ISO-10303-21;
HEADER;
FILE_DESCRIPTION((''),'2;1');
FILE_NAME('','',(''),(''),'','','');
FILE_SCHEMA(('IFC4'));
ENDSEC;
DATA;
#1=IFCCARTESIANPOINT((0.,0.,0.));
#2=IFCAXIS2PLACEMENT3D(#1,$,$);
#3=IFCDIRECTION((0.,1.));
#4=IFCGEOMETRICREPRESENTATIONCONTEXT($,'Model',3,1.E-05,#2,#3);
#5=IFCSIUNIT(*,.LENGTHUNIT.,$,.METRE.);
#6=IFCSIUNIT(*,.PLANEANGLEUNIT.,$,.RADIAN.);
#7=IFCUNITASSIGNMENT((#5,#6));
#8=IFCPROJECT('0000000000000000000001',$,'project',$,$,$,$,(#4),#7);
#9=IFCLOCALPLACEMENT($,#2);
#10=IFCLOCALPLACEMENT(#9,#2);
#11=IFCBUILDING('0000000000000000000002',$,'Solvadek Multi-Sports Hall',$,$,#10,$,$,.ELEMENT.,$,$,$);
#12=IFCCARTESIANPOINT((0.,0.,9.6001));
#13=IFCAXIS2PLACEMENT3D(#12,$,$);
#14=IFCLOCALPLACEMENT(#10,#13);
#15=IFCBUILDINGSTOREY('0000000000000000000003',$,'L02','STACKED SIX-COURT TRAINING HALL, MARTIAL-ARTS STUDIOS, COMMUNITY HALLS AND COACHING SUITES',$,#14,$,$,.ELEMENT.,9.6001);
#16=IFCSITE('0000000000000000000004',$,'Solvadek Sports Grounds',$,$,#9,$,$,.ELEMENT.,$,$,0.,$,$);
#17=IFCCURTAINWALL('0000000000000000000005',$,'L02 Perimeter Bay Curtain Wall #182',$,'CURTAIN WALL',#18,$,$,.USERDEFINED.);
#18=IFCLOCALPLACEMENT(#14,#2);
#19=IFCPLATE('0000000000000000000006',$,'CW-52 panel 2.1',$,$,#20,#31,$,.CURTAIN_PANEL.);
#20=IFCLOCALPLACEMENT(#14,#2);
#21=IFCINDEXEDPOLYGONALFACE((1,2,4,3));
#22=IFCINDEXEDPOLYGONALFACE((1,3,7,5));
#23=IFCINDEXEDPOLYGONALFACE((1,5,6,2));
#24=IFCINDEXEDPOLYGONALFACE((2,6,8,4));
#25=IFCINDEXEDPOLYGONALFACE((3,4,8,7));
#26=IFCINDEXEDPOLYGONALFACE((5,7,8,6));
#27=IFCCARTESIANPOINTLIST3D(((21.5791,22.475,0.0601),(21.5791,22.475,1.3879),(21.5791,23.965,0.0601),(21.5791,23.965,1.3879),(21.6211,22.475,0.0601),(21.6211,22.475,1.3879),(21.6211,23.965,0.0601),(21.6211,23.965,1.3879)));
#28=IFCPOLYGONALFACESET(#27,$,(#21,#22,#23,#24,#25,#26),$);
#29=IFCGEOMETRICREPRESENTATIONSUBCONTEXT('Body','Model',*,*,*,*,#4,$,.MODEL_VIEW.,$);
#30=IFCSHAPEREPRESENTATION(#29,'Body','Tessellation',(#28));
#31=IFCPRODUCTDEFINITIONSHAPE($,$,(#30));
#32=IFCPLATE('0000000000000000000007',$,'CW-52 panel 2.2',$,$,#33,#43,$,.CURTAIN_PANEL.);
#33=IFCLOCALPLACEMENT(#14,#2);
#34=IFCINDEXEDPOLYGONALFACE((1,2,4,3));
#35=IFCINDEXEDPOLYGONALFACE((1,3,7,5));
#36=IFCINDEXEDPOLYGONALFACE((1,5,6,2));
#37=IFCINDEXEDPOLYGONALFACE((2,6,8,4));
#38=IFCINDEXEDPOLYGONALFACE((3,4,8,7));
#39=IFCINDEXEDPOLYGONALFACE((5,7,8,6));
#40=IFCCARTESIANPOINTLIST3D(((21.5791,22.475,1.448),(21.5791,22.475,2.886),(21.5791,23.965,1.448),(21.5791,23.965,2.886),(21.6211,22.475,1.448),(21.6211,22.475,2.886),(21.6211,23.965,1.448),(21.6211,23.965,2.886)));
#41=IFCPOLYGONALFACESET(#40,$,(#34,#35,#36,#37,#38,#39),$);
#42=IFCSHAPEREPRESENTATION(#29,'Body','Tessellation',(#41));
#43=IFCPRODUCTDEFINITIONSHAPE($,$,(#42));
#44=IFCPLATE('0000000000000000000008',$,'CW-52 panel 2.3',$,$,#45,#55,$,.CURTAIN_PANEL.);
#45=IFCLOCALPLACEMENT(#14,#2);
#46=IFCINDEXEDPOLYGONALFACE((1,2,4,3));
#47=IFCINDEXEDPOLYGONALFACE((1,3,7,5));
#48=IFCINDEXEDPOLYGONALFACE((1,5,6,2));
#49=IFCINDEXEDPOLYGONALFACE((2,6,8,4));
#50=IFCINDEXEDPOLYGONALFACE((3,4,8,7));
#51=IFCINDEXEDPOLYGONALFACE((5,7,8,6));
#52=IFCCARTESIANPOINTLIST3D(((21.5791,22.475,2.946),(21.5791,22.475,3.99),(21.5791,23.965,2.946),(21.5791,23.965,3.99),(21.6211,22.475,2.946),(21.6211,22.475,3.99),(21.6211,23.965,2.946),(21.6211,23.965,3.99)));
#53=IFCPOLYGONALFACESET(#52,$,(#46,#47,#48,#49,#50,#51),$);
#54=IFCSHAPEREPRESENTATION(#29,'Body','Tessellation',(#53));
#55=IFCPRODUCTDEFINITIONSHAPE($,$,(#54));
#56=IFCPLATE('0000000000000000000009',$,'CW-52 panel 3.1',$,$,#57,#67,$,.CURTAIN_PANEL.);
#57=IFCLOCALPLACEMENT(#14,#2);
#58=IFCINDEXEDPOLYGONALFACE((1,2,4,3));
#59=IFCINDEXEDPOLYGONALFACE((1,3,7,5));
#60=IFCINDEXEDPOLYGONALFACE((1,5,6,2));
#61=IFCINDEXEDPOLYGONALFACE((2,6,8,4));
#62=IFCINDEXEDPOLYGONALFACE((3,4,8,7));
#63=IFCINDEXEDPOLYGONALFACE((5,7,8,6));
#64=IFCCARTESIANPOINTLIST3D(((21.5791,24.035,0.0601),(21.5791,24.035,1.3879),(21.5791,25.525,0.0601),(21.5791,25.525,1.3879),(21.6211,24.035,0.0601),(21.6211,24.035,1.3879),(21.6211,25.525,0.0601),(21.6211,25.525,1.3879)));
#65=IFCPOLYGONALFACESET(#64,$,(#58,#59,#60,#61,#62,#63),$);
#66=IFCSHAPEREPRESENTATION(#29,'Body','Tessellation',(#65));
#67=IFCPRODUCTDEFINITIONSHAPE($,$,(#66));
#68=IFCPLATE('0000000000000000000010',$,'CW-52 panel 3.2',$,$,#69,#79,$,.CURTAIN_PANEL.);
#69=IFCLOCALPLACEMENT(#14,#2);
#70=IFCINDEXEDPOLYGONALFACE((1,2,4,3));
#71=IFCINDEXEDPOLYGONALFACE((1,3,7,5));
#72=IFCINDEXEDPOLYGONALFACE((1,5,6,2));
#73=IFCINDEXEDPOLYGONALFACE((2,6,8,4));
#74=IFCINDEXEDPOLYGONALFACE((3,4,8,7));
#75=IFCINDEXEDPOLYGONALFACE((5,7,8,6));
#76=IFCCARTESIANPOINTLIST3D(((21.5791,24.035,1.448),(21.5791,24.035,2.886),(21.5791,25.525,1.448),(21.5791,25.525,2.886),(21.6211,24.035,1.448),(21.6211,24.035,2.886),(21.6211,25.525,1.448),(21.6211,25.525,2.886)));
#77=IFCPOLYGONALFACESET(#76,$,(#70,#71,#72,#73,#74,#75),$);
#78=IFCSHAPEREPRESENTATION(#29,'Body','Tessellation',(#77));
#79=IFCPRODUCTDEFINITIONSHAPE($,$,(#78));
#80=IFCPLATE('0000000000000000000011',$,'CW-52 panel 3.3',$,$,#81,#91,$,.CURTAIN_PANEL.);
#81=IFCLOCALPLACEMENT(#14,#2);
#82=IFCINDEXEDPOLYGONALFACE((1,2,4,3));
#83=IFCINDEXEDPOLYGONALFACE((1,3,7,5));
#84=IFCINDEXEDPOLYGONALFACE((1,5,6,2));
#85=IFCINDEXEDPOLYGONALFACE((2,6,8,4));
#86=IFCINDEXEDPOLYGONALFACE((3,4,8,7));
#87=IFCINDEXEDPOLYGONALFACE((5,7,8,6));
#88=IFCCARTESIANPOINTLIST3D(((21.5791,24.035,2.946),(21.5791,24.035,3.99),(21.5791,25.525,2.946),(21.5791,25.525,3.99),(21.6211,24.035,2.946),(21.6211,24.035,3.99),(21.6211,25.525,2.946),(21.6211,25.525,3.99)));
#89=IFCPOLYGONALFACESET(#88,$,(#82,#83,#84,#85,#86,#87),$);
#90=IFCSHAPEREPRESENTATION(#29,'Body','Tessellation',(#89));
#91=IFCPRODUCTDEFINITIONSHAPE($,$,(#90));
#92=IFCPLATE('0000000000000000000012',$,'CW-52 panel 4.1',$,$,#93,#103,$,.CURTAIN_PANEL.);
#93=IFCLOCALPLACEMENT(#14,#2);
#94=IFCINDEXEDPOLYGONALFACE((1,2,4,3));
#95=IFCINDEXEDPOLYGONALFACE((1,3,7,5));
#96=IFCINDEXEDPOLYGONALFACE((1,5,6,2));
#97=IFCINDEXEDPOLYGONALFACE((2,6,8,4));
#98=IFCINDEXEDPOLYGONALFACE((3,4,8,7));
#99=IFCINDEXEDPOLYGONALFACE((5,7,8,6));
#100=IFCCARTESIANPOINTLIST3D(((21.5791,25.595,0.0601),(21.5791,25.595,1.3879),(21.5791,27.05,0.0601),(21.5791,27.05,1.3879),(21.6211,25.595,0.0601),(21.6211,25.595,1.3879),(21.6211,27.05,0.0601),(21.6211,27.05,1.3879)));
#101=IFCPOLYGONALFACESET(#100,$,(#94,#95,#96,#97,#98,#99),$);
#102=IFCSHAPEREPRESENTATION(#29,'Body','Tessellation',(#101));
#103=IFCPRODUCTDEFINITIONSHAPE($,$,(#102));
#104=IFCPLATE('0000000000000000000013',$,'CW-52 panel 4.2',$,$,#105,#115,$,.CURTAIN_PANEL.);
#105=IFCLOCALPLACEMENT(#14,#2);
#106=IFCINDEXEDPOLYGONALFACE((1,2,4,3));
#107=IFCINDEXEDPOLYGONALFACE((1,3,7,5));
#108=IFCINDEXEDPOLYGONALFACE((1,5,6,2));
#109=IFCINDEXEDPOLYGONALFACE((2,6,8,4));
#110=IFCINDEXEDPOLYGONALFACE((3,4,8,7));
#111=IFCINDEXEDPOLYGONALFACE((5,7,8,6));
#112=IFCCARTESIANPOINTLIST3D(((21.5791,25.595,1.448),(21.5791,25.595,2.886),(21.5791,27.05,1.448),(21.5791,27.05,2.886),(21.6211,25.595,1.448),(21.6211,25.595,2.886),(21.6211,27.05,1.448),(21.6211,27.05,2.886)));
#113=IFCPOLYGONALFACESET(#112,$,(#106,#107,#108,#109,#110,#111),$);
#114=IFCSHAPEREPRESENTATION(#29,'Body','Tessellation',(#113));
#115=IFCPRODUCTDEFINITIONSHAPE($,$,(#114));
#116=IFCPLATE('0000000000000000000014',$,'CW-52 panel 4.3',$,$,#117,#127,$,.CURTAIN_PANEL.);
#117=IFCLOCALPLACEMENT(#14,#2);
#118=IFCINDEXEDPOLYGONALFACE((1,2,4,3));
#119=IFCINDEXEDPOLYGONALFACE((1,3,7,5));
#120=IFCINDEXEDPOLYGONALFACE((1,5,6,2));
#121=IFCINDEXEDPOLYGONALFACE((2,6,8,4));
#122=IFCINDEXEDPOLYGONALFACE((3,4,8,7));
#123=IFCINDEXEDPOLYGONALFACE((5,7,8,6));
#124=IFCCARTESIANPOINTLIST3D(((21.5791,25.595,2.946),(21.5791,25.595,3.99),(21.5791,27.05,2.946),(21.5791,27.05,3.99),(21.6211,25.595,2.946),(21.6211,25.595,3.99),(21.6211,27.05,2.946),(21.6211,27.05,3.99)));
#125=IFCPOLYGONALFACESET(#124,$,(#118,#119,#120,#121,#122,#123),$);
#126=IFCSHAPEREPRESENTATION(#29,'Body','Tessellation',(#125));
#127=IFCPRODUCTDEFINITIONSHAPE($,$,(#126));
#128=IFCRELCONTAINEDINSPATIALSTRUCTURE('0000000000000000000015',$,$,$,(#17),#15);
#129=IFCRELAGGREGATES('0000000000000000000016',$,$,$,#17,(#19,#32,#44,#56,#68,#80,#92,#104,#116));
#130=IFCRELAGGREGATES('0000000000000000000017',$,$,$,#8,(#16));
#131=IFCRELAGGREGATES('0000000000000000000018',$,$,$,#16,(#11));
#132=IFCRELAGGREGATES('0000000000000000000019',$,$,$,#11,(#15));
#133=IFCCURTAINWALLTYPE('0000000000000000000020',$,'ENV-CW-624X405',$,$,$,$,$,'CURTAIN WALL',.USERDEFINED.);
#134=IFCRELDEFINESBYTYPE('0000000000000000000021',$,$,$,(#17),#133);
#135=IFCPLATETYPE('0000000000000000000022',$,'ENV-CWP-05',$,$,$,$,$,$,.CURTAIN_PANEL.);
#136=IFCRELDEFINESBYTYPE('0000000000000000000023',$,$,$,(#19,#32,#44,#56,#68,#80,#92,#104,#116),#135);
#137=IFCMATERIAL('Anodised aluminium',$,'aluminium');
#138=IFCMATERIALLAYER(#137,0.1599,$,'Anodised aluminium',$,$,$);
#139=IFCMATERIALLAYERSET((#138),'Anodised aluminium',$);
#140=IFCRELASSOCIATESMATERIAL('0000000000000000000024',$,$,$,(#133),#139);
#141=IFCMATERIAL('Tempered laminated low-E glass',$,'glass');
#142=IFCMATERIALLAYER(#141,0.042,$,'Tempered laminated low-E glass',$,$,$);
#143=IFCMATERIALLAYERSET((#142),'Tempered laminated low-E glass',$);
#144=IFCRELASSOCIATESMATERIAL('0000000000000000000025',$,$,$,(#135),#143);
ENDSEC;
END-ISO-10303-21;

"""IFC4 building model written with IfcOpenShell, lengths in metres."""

from ifc_helpers import new_model, si_unit, direction, frame, origin, origin_2d, place, context, subcontext, project, spatial, rectangle, extrude, material, layer, layer_set, type_object, element, aggregate, save


model = new_model("IFC4")

# Units and contexts
model_context = context("Model", 3, precision=1e-05, world=origin(), true_north=direction((0.0, 1.0)))
body_context = subcontext(model_context, "Body", "Model", "MODEL_VIEW")
ifc_project = project(units=[si_unit("LENGTHUNIT", "METRE"), si_unit("PLANEANGLEUNIT", "RADIAN")], contexts=[model_context])

# Site, building, storey
site_placement = place(None, origin())
site = spatial("IfcSite", under=ifc_project, at=site_placement, Name="Solvadek Sports Grounds", CompositionType="ELEMENT", RefElevation=0.0)
building_placement = place(site_placement, origin())
building = spatial("IfcBuilding", under=site, at=building_placement, Name="Solvadek Multi-Sports Hall", CompositionType="ELEMENT")
storey_placement = place(building_placement, frame((0.0, 0.0, 9.6001)))
storey = spatial("IfcBuildingStorey", under=building, at=storey_placement, Name="L02", Description="STACKED SIX-COURT TRAINING HALL, MARTIAL-ARTS STUDIOS, COMMUNITY HALLS AND COACHING SUITES", CompositionType="ELEMENT", Elevation=9.6001)

# Shared definitions
ifc_material_1 = material(Name="Anodised aluminium", Category="aluminium")

# Curtain wall
ifc_layer_1 = layer(ifc_material_1, 0.1599, Name="Anodised aluminium")
ifc_layer_set_1 = layer_set([ifc_layer_1], Name="Anodised aluminium")
curtain_wall_type_1 = type_object("IfcCurtainWallType", Name="ENV-CW-624X405", ElementType="CURTAIN WALL", PredefinedType="USERDEFINED", material=ifc_layer_set_1)
curtain_wall_1_placement = place(storey_placement, origin())
curtain_wall_1 = element("IfcCurtainWall", 1, at=curtain_wall_1_placement, inside=storey, type_object=curtain_wall_type_1, Name="L02 Perimeter Bay Curtain Wall #182", ObjectType="CURTAIN WALL", PredefinedType="USERDEFINED")

# Plates
ifc_material_2 = material(Name="Tempered laminated low-E glass", Category="glass")
ifc_layer_2 = layer(ifc_material_2, 0.042, Name="Tempered laminated low-E glass")
ifc_layer_set_2 = layer_set([ifc_layer_2], Name="Tempered laminated low-E glass")
plate_type = type_object("IfcPlateType", Name="ENV-CWP-05", PredefinedType="CURTAIN_PANEL", material=ifc_layer_set_2)
plate_1_placement = place(storey_placement, frame((21.6001, 23.22, 0.0601), z_axis=(0.0, 0.0, 1.0), x_axis=(0.0, 1.0, 0.0)))
plate_1 = element("IfcPlate", 2, at=plate_1_placement, type_object=plate_type, Name="CW-52 panel 2.1", PredefinedType="CURTAIN_PANEL", context=body_context, shape_type="SweptSolid", body=[
    extrude(rectangle(XDim=1.49, YDim=0.042, at=origin_2d()), origin(), (0.0, 0.0, 1.0), 1.3279),
])
plate_2_placement = place(storey_placement, frame((21.6001, 23.22, 1.448), z_axis=(0.0, 0.0, 1.0), x_axis=(0.0, 1.0, 0.0)))
plate_2 = element("IfcPlate", 3, at=plate_2_placement, type_object=plate_type, Name="CW-52 panel 2.2", PredefinedType="CURTAIN_PANEL", context=body_context, shape_type="SweptSolid", body=[
    extrude(rectangle(XDim=1.49, YDim=0.042, at=origin_2d()), origin(), (0.0, 0.0, 1.0), 1.438),
])
plate_3_placement = place(storey_placement, frame((21.6001, 23.22, 2.946), z_axis=(0.0, 0.0, 1.0), x_axis=(0.0, 1.0, 0.0)))
plate_3 = element("IfcPlate", 4, at=plate_3_placement, type_object=plate_type, Name="CW-52 panel 2.3", PredefinedType="CURTAIN_PANEL", context=body_context, shape_type="SweptSolid", body=[
    extrude(rectangle(XDim=1.49, YDim=0.042, at=origin_2d()), origin(), (0.0, 0.0, 1.0), 1.0439),
])
plate_4_placement = place(storey_placement, frame((21.6001, 24.78, 0.0601), z_axis=(0.0, 0.0, 1.0), x_axis=(0.0, 1.0, 0.0)))
plate_4 = element("IfcPlate", 5, at=plate_4_placement, type_object=plate_type, Name="CW-52 panel 3.1", PredefinedType="CURTAIN_PANEL", context=body_context, shape_type="SweptSolid", body=[
    extrude(rectangle(XDim=1.49, YDim=0.042, at=origin_2d()), origin(), (0.0, 0.0, 1.0), 1.3279),
])
plate_5_placement = place(storey_placement, frame((21.6001, 24.78, 1.448), z_axis=(0.0, 0.0, 1.0), x_axis=(0.0, 1.0, 0.0)))
plate_5 = element("IfcPlate", 6, at=plate_5_placement, type_object=plate_type, Name="CW-52 panel 3.2", PredefinedType="CURTAIN_PANEL", context=body_context, shape_type="SweptSolid", body=[
    extrude(rectangle(XDim=1.49, YDim=0.042, at=origin_2d()), origin(), (0.0, 0.0, 1.0), 1.438),
])
plate_6_placement = place(storey_placement, frame((21.6001, 24.78, 2.946), z_axis=(0.0, 0.0, 1.0), x_axis=(0.0, 1.0, 0.0)))
plate_6 = element("IfcPlate", 7, at=plate_6_placement, type_object=plate_type, Name="CW-52 panel 3.3", PredefinedType="CURTAIN_PANEL", context=body_context, shape_type="SweptSolid", body=[
    extrude(rectangle(XDim=1.49, YDim=0.042, at=origin_2d()), origin(), (0.0, 0.0, 1.0), 1.0439),
])
plate_7_placement = place(storey_placement, frame((21.6001, 26.3225, 0.0601), z_axis=(0.0, 0.0, 1.0), x_axis=(0.0, 1.0, 0.0)))
plate_7 = element("IfcPlate", 8, at=plate_7_placement, type_object=plate_type, Name="CW-52 panel 4.1", PredefinedType="CURTAIN_PANEL", context=body_context, shape_type="SweptSolid", body=[
    extrude(rectangle(XDim=1.4551, YDim=0.042, at=origin_2d()), origin(), (0.0, 0.0, 1.0), 1.3279),
])
plate_8_placement = place(storey_placement, frame((21.6001, 26.3225, 1.448), z_axis=(0.0, 0.0, 1.0), x_axis=(0.0, 1.0, 0.0)))
plate_8 = element("IfcPlate", 9, at=plate_8_placement, type_object=plate_type, Name="CW-52 panel 4.2", PredefinedType="CURTAIN_PANEL", context=body_context, shape_type="SweptSolid", body=[
    extrude(rectangle(XDim=1.4551, YDim=0.042, at=origin_2d()), origin(), (0.0, 0.0, 1.0), 1.438),
])
plate_9_placement = place(storey_placement, frame((21.6001, 26.3225, 2.946), z_axis=(0.0, 0.0, 1.0), x_axis=(0.0, 1.0, 0.0)))
plate_9 = element("IfcPlate", 10, at=plate_9_placement, type_object=plate_type, Name="CW-52 panel 4.3", PredefinedType="CURTAIN_PANEL", context=body_context, shape_type="SweptSolid", body=[
    extrude(rectangle(XDim=1.4551, YDim=0.042, at=origin_2d()), origin(), (0.0, 0.0, 1.0), 1.0439),
])
aggregate(curtain_wall_1, [plate_1, plate_2, plate_3, plate_4, plate_5, plate_6, plate_7, plate_8, plate_9])

save(model, "model.ifc")
